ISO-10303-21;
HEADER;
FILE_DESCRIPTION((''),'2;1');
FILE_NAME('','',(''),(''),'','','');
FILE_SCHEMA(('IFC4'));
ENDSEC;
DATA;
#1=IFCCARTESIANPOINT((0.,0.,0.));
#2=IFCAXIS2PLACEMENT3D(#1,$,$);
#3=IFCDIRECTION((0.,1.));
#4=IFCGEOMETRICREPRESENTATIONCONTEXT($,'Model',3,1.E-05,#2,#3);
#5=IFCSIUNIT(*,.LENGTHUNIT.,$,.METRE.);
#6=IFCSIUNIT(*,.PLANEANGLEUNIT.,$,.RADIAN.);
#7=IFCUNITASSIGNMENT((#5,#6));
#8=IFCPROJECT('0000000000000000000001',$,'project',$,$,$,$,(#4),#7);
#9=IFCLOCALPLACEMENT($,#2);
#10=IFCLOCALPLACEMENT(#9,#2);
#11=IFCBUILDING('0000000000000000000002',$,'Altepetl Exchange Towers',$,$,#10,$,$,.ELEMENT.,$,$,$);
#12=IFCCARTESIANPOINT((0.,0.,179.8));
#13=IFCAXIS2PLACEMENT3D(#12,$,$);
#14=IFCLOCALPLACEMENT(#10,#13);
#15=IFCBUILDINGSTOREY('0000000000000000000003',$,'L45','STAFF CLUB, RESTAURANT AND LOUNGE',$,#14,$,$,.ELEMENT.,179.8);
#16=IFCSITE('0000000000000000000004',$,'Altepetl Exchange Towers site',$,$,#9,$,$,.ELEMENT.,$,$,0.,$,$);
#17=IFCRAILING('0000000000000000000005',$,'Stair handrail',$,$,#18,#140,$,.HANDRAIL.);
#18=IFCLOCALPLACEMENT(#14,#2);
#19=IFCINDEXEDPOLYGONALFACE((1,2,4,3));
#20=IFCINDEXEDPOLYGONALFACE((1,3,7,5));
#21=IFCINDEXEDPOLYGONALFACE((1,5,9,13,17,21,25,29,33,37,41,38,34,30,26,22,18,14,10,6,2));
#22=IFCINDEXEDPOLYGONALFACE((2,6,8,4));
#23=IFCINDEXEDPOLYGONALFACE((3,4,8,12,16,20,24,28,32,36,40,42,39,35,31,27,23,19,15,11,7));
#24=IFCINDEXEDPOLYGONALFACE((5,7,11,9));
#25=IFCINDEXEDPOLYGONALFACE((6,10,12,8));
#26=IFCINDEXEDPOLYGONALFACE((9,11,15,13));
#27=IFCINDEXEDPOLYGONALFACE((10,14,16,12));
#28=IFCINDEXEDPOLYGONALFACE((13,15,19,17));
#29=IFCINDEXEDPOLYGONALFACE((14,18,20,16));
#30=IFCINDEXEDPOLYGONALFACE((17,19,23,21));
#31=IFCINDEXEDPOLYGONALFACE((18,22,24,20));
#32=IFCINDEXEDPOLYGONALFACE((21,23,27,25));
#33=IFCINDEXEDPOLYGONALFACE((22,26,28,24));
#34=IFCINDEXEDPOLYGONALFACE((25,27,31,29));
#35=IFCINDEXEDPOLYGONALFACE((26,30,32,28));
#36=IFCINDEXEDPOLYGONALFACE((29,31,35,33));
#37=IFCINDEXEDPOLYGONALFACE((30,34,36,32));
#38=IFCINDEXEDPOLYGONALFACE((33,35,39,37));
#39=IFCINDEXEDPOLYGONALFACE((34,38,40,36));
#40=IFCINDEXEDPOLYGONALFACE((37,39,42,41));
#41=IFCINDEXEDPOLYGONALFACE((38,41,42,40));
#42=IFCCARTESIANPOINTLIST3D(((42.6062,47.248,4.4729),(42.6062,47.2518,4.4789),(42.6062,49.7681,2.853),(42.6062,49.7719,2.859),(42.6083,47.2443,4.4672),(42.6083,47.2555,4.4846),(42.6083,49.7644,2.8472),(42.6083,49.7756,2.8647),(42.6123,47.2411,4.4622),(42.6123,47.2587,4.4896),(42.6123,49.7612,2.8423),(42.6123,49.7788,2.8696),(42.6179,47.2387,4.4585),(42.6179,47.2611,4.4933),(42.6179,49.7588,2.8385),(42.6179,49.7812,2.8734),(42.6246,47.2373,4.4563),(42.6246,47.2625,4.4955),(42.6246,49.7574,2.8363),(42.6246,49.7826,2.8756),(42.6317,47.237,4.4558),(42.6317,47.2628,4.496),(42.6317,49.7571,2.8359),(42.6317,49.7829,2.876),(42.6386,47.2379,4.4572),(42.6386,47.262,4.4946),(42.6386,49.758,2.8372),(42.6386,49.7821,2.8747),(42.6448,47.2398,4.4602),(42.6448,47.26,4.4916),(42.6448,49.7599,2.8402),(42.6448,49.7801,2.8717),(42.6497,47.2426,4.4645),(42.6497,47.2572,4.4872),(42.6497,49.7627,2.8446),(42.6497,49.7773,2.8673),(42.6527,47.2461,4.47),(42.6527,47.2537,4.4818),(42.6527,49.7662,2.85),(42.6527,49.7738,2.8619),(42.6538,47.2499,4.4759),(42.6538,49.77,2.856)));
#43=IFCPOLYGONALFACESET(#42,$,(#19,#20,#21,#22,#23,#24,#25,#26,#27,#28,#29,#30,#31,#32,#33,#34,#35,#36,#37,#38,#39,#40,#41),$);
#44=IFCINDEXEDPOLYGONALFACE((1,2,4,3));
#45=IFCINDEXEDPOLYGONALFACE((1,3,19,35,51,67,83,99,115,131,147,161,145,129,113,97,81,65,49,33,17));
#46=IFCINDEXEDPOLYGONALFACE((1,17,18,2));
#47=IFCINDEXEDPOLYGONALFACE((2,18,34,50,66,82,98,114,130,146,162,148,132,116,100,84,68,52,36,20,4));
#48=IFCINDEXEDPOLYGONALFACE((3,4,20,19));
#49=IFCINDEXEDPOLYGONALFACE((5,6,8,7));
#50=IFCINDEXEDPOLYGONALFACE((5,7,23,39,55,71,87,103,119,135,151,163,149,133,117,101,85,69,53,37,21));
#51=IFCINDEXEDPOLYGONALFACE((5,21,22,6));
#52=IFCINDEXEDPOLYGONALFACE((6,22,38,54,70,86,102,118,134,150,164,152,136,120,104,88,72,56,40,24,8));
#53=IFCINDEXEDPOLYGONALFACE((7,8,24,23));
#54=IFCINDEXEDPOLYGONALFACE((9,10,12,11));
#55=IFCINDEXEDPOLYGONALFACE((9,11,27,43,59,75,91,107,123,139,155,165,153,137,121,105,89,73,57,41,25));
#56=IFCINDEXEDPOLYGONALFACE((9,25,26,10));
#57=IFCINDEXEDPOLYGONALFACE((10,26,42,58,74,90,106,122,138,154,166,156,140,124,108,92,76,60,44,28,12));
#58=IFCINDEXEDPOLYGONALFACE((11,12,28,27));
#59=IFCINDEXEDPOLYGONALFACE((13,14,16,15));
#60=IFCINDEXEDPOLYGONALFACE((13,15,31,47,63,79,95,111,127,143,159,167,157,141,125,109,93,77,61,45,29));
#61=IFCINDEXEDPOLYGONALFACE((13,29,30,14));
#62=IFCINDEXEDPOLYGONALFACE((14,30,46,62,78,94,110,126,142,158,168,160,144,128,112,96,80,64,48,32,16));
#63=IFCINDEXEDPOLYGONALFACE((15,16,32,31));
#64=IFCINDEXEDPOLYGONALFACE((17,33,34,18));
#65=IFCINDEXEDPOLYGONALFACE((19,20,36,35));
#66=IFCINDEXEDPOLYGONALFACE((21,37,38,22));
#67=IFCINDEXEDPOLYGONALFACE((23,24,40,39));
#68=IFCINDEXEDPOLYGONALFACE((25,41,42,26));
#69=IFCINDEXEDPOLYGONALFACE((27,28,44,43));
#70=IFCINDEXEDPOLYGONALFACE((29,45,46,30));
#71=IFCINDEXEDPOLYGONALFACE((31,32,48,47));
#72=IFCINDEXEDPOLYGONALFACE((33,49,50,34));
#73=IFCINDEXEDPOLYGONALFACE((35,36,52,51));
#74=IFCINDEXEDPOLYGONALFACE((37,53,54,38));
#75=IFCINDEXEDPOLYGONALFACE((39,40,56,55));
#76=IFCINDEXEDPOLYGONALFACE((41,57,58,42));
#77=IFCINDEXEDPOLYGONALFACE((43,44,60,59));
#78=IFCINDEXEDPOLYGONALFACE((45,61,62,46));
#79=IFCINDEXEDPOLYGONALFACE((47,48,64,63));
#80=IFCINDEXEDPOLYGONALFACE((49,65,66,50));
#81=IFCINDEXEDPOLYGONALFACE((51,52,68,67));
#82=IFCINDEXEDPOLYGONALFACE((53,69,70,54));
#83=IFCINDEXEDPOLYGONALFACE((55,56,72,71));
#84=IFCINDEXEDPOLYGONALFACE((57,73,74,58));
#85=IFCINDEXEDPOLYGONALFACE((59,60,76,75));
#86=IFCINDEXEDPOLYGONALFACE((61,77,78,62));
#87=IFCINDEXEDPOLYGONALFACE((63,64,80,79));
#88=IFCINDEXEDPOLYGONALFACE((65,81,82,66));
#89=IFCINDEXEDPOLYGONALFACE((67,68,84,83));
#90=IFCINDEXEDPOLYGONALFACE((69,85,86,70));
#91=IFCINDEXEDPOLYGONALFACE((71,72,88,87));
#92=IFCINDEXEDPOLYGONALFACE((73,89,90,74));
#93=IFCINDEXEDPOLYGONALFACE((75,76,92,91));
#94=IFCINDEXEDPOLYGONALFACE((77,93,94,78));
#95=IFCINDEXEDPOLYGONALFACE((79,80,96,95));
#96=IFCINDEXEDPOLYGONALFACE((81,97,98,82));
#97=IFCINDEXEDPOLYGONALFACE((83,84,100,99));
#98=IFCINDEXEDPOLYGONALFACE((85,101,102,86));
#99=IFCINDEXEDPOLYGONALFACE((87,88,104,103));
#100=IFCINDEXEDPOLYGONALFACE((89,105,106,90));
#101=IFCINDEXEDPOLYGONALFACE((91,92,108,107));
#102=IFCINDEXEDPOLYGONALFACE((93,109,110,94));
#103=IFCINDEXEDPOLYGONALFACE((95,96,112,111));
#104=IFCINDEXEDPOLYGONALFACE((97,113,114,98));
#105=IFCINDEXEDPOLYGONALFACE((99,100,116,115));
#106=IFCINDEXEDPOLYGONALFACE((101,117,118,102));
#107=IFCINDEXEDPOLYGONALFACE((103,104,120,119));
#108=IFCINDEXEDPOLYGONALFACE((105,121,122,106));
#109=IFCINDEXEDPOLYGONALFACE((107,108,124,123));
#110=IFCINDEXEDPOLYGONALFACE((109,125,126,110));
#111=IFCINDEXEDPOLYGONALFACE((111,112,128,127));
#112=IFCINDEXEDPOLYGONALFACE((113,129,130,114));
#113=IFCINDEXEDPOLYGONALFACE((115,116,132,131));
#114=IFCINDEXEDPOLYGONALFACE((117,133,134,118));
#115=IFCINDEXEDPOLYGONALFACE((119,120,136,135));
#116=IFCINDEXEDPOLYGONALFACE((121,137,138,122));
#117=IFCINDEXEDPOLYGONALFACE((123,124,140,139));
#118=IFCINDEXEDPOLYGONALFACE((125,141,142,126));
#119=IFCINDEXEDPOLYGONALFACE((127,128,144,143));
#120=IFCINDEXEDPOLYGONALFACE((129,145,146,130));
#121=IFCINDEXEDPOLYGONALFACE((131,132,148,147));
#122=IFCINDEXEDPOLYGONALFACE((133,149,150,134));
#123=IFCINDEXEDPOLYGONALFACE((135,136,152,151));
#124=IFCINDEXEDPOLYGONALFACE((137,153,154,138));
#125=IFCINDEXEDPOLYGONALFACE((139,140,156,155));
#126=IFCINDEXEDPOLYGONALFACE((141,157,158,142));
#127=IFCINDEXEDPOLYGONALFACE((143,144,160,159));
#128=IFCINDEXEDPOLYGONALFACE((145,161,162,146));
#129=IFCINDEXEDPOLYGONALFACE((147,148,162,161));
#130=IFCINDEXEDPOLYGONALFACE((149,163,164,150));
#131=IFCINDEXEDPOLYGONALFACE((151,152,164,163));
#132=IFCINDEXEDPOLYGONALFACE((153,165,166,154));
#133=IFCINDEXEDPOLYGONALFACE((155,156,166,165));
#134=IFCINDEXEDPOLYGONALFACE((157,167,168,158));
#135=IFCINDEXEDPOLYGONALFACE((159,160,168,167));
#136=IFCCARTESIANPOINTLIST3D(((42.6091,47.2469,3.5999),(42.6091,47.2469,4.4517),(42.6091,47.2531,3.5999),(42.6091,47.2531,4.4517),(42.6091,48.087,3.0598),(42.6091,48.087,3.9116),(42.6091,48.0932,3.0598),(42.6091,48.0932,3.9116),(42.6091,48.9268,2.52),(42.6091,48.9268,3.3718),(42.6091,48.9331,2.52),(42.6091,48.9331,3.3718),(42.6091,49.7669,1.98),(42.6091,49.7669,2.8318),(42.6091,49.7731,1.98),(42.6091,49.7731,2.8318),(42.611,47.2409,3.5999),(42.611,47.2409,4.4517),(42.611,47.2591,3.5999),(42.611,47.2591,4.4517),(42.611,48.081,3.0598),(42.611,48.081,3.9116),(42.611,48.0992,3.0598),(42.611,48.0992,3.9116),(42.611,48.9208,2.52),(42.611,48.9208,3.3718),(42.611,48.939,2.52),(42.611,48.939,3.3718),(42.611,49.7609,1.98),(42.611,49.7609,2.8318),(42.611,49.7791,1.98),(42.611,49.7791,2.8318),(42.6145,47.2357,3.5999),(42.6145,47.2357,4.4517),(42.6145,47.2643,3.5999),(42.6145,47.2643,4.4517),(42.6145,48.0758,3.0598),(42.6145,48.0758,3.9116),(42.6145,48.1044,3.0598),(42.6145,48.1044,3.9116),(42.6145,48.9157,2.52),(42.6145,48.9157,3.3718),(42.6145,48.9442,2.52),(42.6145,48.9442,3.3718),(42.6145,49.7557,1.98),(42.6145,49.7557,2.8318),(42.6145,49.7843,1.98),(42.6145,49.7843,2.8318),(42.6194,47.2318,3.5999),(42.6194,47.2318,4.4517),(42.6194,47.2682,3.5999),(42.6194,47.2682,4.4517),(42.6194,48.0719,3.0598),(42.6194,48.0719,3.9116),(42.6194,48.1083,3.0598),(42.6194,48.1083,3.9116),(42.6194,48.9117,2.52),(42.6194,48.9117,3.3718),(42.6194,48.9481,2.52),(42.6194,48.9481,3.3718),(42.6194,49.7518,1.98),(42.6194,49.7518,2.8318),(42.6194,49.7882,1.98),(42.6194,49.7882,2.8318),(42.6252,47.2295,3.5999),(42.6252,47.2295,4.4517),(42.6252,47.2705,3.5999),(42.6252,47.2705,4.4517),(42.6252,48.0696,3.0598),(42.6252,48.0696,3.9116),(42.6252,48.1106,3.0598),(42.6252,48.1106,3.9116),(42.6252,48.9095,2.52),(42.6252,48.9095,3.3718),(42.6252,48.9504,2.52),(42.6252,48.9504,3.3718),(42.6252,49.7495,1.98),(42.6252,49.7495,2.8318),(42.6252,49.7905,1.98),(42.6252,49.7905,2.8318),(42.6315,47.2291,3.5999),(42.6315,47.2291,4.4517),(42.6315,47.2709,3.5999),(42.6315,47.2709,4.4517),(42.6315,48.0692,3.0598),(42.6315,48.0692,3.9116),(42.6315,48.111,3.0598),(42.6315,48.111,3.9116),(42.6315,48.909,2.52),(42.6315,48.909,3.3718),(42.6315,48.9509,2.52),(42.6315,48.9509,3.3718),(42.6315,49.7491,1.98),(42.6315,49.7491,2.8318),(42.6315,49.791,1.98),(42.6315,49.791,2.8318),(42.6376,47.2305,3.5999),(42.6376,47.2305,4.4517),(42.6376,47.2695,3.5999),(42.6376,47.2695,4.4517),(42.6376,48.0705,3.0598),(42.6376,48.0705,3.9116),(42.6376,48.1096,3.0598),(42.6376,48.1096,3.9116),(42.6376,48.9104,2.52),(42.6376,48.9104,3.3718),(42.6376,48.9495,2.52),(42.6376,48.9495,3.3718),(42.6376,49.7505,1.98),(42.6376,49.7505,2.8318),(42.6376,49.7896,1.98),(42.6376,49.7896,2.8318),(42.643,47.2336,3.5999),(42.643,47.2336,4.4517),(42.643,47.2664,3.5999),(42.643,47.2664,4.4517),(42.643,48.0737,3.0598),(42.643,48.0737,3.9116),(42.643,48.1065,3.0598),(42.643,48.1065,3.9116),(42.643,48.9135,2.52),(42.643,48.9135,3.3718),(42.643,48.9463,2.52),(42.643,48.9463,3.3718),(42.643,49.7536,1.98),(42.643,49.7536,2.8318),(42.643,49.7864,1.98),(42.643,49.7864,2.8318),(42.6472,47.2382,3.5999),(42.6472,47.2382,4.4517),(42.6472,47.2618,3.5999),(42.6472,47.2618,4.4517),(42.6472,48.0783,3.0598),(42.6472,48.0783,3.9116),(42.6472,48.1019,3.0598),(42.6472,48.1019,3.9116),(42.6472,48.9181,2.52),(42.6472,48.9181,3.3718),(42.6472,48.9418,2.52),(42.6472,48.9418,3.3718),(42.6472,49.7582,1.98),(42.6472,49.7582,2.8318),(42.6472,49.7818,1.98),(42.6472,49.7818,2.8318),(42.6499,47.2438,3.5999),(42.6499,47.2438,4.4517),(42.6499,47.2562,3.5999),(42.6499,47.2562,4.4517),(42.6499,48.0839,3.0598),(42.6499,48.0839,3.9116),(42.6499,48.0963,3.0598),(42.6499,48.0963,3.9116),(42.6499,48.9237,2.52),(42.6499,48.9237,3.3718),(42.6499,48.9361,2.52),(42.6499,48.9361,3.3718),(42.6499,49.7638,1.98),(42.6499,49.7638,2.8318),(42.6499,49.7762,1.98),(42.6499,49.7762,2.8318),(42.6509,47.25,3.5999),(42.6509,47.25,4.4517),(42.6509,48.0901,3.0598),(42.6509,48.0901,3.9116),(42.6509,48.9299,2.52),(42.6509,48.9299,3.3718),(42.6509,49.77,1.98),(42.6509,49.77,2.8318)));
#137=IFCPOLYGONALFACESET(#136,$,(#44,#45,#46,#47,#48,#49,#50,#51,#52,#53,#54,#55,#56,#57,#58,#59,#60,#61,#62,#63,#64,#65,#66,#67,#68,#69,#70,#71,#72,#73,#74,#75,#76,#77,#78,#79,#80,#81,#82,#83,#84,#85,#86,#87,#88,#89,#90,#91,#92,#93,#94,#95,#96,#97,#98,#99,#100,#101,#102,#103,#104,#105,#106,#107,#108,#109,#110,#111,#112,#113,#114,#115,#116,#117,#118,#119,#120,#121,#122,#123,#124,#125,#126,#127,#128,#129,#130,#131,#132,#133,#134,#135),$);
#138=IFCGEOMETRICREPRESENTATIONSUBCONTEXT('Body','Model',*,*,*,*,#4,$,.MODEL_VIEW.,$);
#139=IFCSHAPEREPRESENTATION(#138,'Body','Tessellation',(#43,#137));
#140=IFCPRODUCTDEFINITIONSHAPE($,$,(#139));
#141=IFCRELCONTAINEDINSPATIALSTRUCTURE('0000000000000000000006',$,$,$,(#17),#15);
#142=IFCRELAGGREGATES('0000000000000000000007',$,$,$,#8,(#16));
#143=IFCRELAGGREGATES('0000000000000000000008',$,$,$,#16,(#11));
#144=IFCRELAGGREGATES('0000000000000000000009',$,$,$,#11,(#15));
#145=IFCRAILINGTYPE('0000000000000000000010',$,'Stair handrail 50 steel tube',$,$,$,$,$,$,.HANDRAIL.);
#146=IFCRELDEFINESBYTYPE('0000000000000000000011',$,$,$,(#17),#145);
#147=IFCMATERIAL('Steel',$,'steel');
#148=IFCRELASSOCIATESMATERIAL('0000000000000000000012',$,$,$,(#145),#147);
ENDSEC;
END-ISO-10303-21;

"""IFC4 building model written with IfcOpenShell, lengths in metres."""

from ifc_helpers import new_model, si_unit, direction, frame, origin, origin_2d, place, context, subcontext, project, spatial, circle, extrude, source, transform, mapped, material, type_object, element, save


model = new_model("IFC4")

# Units and contexts
model_context = context("Model", 3, precision=1e-05, world=origin(), true_north=direction((0.0, 1.0)))
body_context = subcontext(model_context, "Body", "Model", "MODEL_VIEW")
ifc_project = project(units=[si_unit("LENGTHUNIT", "METRE"), si_unit("PLANEANGLEUNIT", "RADIAN")], contexts=[model_context])

# Site, building, storey
site_placement = place(None, origin())
site = spatial("IfcSite", under=ifc_project, at=site_placement, Name="Altepetl Exchange Towers site", CompositionType="ELEMENT", RefElevation=0.0)
building_placement = place(site_placement, origin())
building = spatial("IfcBuilding", under=site, at=building_placement, Name="Altepetl Exchange Towers", CompositionType="ELEMENT")
storey_placement = place(building_placement, frame((0.0, 0.0, 179.8)))
storey = spatial("IfcBuildingStorey", under=building, at=storey_placement, Name="L45", Description="STAFF CLUB, RESTAURANT AND LOUNGE", CompositionType="ELEMENT", Elevation=179.8)

# Railing
ifc_material_1 = material(Name="Steel", Category="steel")
railing_type = type_object("IfcRailingType", Name="Stair handrail 50 steel tube", PredefinedType="HANDRAIL", material=ifc_material_1)
shared_shape = source(origin(), body_context, "Body", "SweptSolid", [
    extrude(circle(Radius=0.021, at=origin_2d()), origin(), (0.0, 0.0, 1.0), 0.8518),
])
railing_1_placement = place(storey_placement, frame((42.6299, 49.77, 1.98)))
element("IfcRailing", 1, at=railing_1_placement, inside=storey, type_object=railing_type, Name="Stair handrail", PredefinedType="HANDRAIL", context=body_context, shape_type="SweptSolid", body=[
    extrude(circle(Radius=0.0239, at=origin_2d()), frame((0.0, 0.0, 0.876), z_axis=(0.0, -0.8412, 0.540725), x_axis=(1.0, 0.0, 0.0)), (0.0, 0.0, 1.0), 2.9958),
    mapped(shared_shape, transform((0.0, 0.0, 0.0))),
    mapped(shared_shape, transform((0.0, -0.8401, 0.54))),
    mapped(shared_shape, transform((0.0, -1.6799, 1.0798))),
    mapped(shared_shape, transform((0.0, -2.52, 1.6199))),
])

save(model, "model.ifc")
